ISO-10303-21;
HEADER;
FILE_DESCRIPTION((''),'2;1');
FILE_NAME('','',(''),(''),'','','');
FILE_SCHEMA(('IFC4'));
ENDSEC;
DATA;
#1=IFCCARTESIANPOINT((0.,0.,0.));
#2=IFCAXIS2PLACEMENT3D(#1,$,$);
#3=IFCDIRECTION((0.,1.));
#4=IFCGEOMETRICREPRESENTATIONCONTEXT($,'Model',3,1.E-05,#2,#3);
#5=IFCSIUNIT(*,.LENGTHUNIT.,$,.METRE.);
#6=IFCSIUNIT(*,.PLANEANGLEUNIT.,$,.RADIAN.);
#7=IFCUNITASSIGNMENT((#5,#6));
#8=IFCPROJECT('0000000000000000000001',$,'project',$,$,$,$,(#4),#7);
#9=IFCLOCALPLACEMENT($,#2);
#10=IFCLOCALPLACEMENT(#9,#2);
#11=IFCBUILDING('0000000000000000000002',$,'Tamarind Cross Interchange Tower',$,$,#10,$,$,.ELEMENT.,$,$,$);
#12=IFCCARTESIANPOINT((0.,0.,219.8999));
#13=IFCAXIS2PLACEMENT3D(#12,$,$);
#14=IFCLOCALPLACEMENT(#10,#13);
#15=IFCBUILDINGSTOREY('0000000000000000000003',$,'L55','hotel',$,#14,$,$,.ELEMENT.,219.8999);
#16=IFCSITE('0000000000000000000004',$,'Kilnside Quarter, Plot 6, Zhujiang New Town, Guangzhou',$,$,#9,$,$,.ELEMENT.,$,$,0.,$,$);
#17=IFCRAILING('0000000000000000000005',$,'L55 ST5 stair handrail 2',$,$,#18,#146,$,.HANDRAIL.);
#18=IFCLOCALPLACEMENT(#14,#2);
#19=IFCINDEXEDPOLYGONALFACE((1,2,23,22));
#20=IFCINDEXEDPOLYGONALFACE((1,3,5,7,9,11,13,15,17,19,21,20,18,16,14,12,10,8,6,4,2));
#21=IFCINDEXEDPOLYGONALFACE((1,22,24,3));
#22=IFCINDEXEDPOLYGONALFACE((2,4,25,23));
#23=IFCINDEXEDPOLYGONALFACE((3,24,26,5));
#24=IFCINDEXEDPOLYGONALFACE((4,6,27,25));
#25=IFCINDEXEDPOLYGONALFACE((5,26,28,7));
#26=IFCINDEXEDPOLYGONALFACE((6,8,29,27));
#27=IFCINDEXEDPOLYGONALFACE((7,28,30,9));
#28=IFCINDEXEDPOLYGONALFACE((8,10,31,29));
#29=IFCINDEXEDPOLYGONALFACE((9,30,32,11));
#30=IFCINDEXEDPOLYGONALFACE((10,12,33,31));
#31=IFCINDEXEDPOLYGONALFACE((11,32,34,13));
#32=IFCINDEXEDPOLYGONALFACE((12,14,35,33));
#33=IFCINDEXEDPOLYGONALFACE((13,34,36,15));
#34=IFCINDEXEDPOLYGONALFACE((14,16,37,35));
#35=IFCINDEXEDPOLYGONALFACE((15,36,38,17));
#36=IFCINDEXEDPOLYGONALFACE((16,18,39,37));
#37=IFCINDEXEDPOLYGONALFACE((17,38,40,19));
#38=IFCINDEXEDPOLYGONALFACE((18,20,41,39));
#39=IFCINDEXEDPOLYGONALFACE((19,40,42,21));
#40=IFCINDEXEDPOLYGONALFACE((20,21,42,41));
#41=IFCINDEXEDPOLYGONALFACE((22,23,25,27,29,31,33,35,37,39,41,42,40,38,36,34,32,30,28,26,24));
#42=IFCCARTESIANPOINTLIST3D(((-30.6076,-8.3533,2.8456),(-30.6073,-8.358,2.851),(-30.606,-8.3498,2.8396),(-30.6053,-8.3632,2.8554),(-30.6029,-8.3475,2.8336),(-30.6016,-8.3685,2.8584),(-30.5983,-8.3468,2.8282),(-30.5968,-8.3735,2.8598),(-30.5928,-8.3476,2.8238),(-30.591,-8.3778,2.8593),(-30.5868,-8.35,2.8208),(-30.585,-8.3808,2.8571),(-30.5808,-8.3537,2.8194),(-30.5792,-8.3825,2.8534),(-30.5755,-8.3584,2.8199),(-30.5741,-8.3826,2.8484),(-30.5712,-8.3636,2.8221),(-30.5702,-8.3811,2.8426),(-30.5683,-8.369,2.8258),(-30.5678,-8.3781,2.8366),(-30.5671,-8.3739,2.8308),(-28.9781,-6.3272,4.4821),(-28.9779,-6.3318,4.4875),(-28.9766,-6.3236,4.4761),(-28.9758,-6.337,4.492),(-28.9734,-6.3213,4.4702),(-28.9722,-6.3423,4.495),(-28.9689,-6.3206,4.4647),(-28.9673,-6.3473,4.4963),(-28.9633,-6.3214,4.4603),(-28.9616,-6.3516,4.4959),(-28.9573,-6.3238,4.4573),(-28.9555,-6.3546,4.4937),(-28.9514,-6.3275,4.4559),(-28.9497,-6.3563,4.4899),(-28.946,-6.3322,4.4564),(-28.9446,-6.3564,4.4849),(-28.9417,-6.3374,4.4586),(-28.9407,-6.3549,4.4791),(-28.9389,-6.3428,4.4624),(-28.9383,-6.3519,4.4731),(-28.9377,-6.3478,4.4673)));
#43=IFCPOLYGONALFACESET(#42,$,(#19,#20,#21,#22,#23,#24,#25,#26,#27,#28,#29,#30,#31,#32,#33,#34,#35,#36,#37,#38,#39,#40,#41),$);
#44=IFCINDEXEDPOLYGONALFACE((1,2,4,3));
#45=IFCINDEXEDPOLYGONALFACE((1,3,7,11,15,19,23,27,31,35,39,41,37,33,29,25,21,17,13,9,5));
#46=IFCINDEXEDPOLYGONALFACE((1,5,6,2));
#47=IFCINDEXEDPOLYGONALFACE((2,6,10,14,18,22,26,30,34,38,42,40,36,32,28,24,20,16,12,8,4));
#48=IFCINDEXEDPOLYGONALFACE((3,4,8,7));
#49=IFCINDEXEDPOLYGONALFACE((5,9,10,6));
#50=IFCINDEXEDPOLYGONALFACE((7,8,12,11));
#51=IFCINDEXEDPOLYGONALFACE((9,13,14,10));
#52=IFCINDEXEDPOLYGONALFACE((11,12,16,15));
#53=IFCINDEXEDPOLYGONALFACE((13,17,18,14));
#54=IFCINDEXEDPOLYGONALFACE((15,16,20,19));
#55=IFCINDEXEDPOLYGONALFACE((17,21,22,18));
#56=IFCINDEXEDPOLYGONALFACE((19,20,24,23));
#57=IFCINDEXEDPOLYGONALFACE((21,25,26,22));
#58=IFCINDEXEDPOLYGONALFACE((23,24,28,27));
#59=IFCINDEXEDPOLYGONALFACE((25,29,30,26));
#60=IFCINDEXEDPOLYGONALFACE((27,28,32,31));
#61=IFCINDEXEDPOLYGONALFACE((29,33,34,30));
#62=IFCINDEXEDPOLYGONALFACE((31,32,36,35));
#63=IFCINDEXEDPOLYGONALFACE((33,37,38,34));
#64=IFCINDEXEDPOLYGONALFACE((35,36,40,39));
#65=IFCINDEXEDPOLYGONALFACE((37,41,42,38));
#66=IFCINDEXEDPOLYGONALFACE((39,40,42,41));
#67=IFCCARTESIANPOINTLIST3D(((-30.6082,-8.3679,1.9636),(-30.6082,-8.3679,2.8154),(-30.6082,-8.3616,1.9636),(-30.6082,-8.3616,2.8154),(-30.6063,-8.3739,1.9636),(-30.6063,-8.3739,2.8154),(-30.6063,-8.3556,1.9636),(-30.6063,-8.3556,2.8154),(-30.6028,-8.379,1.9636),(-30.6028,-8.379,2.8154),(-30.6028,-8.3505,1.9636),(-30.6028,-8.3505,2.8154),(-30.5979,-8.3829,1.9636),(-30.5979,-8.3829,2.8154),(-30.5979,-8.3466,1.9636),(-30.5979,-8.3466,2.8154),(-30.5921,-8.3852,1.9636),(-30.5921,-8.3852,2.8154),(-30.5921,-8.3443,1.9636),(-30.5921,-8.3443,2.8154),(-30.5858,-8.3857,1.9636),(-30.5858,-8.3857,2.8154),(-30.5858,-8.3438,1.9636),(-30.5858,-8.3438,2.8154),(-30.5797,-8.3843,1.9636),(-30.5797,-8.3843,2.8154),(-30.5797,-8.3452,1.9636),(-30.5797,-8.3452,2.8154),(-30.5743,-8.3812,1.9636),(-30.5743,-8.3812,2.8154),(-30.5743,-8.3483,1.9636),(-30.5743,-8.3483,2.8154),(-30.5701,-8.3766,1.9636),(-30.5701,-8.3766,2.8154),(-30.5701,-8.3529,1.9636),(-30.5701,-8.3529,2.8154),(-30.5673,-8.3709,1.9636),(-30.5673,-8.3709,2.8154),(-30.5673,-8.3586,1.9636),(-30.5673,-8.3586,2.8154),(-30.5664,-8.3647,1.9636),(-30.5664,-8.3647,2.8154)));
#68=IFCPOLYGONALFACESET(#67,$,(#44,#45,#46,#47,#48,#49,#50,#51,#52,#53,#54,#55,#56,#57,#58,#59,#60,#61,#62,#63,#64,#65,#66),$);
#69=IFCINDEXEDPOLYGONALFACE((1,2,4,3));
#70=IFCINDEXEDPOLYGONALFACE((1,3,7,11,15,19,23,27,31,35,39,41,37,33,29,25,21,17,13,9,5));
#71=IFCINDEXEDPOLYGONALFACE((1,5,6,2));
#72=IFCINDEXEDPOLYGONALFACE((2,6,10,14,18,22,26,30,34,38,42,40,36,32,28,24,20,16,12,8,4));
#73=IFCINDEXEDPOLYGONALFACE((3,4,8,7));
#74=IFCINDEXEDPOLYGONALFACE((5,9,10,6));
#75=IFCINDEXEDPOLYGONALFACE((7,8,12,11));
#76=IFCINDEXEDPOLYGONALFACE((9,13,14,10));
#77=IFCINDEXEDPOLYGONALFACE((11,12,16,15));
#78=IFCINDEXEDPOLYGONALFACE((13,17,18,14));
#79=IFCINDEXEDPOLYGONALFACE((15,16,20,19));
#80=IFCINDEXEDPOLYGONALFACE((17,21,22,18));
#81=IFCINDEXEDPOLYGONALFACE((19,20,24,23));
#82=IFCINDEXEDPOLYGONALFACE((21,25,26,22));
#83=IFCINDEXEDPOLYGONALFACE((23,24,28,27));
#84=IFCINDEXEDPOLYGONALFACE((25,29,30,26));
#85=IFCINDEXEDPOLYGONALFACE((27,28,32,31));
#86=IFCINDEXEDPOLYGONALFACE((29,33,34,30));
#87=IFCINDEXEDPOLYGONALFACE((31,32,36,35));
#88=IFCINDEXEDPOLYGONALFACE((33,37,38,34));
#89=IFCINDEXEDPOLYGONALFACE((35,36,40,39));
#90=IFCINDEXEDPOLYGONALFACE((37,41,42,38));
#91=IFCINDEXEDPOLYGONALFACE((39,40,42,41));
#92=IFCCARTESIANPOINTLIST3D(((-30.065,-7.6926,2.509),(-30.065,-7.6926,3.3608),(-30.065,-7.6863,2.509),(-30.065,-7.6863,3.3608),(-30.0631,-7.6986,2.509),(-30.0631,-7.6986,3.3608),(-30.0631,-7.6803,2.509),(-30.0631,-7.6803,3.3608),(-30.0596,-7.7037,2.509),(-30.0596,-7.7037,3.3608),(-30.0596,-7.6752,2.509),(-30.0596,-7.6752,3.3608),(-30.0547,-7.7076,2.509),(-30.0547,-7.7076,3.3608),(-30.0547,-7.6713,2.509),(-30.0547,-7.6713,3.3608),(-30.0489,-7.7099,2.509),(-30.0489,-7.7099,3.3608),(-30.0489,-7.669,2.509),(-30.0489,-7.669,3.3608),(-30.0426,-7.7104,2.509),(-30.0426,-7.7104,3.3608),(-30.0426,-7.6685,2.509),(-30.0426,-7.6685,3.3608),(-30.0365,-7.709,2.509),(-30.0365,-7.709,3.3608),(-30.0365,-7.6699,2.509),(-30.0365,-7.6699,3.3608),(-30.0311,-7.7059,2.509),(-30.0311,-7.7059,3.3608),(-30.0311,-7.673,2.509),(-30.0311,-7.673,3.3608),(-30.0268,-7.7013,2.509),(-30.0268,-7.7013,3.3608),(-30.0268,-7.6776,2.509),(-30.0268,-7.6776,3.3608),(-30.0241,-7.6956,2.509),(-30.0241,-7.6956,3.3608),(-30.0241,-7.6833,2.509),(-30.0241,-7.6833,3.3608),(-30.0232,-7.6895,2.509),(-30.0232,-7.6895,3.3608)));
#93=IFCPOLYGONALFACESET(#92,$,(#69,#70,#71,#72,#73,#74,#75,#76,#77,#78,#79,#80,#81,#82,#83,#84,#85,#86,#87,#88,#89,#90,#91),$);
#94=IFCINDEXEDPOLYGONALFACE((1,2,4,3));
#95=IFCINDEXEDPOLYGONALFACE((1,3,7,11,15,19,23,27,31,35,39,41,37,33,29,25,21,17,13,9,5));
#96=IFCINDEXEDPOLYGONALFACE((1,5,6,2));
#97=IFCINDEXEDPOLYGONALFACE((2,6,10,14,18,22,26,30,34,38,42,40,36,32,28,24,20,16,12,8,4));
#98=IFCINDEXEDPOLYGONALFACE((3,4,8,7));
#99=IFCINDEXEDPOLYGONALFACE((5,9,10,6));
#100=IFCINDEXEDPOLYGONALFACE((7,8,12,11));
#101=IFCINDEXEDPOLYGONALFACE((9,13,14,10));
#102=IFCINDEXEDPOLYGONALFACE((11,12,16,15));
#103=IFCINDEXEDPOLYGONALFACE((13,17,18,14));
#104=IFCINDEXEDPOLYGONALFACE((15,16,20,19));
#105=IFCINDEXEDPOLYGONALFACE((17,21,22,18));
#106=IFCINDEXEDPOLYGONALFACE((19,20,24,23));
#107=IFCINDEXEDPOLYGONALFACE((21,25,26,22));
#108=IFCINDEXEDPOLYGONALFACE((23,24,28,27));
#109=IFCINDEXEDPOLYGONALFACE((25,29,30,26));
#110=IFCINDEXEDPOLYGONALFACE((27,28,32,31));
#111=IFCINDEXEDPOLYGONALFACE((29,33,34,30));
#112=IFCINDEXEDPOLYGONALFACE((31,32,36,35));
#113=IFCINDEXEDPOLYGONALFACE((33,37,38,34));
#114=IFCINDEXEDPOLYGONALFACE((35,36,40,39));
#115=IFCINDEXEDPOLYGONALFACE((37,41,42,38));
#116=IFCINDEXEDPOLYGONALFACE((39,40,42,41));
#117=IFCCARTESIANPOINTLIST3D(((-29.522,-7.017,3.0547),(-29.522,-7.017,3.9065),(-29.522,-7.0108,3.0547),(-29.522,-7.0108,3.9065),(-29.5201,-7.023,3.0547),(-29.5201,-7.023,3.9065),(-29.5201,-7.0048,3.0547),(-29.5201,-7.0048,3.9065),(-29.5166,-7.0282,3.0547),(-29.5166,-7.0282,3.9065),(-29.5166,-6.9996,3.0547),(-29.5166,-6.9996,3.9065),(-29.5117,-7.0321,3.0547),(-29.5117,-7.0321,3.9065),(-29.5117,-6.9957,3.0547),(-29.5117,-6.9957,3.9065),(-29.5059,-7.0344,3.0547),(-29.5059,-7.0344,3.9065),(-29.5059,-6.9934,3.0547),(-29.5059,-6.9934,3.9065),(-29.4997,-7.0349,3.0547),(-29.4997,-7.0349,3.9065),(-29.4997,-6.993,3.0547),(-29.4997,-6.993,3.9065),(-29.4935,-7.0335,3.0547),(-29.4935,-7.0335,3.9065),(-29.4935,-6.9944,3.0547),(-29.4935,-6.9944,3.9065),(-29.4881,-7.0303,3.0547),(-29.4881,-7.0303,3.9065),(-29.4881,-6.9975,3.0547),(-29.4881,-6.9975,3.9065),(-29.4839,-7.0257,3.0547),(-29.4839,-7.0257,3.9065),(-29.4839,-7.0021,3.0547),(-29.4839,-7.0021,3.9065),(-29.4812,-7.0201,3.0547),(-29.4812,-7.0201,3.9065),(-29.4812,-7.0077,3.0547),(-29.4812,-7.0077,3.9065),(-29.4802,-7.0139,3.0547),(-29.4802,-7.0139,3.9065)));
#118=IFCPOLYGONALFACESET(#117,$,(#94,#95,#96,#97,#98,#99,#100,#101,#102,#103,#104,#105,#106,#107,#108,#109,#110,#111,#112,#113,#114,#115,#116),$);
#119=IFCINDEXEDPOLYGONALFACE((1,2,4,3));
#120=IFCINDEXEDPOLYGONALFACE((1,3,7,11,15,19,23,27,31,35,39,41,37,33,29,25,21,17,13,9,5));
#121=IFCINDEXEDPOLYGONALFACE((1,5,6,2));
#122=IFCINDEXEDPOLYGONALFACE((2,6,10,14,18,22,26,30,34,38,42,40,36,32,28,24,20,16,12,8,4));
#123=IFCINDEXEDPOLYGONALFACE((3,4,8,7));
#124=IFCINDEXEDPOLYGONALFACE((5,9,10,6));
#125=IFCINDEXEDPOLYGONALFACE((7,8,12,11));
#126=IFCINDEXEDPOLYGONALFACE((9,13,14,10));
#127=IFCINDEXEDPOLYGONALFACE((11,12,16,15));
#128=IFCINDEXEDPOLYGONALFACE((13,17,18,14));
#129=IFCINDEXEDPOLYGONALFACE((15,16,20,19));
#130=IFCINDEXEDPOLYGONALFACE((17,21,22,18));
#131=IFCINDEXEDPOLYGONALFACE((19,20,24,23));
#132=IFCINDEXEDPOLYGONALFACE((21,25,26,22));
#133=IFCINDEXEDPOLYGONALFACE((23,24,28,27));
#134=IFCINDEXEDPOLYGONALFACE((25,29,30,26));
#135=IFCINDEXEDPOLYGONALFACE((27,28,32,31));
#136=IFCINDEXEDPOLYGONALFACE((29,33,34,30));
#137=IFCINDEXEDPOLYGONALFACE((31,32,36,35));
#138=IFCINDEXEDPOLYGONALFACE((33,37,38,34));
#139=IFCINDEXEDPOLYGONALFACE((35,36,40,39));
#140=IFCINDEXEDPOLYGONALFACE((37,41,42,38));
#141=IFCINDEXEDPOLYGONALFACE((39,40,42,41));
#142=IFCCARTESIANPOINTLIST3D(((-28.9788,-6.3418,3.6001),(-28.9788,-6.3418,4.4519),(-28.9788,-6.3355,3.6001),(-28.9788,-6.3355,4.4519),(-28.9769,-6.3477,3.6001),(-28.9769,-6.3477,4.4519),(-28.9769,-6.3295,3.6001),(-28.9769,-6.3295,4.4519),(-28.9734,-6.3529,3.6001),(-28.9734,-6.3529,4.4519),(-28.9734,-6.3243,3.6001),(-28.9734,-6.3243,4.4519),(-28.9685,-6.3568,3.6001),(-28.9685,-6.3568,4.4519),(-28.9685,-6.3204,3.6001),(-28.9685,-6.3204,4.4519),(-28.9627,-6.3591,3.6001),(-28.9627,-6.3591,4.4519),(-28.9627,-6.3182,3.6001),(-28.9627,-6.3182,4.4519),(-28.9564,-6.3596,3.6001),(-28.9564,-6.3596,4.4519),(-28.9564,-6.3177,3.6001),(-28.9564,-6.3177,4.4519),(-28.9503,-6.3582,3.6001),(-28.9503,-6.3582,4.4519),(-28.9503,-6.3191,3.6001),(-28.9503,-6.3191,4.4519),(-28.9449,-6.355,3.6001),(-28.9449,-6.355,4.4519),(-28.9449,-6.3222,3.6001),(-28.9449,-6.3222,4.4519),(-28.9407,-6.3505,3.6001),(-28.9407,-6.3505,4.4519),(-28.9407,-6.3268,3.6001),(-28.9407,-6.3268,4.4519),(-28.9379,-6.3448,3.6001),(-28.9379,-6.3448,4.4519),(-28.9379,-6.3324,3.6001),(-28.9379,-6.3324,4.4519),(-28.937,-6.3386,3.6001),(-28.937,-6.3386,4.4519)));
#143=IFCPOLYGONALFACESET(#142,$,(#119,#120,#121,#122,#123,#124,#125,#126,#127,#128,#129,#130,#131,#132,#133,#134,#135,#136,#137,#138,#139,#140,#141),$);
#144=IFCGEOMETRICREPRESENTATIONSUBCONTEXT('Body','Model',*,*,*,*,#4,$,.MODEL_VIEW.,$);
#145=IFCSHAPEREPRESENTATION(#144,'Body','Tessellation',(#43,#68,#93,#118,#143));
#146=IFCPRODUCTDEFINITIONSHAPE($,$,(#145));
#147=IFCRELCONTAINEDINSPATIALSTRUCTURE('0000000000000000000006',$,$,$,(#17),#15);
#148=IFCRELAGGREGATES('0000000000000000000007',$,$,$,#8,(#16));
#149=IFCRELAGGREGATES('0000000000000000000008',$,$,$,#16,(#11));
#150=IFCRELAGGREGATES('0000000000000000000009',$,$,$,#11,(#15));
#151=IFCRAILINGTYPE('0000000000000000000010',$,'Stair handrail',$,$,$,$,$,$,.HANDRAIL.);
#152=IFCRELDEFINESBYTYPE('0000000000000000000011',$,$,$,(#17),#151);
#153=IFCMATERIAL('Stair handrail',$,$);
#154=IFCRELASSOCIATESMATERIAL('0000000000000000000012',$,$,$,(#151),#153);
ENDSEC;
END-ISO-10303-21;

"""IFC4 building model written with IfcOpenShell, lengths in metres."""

from ifc_helpers import new_model, si_unit, direction, frame, origin, origin_2d, place, context, subcontext, project, spatial, circle, extrude, material, type_object, element, save


model = new_model("IFC4")

# Units and contexts
model_context = context("Model", 3, precision=1e-05, world=origin(), true_north=direction((0.0, 1.0)))
body_context = subcontext(model_context, "Body", "Model", "MODEL_VIEW")
ifc_project = project(units=[si_unit("LENGTHUNIT", "METRE"), si_unit("PLANEANGLEUNIT", "RADIAN")], contexts=[model_context])

# Site, building, storey
site_placement = place(None, origin())
site = spatial("IfcSite", under=ifc_project, at=site_placement, Name="Kilnside Quarter, Plot 6, Zhujiang New Town, Guangzhou", CompositionType="ELEMENT", RefElevation=0.0)
building_placement = place(site_placement, origin())
building = spatial("IfcBuilding", under=site, at=building_placement, Name="Tamarind Cross Interchange Tower", CompositionType="ELEMENT")
storey_placement = place(building_placement, frame((0.0, 0.0, 219.8999)))
storey = spatial("IfcBuildingStorey", under=building, at=storey_placement, Name="L55", Description="hotel", CompositionType="ELEMENT", Elevation=219.8999)

# Railing
ifc_material_1 = material(Name="Stair handrail")
railing_type = type_object("IfcRailingType", Name="Stair handrail", PredefinedType="HANDRAIL", material=ifc_material_1)
railing_placement = place(storey_placement, frame((-30.5874, -8.3647, 1.9636)))
element("IfcRailing", 1, at=railing_placement, inside=storey, type_object=railing_type, Name="L55 ST5 stair handrail 2", PredefinedType="HANDRAIL", context=body_context, shape_type="SweptSolid", body=[
    extrude(circle(Radius=0.0239, at=origin_2d()), frame((0.0, 0.0, 0.876), z_axis=(0.530375, 0.659511, 0.532679), x_axis=(-0.779272, 0.626686, 0.0)), (0.0, 0.0, 1.0), 3.0723),
    extrude(circle(Radius=0.021, at=origin_2d()), origin(), (0.0, 0.0, 1.0), 0.8518),
    extrude(circle(Radius=0.021, at=origin_2d()), frame((0.5432, 0.6753, 0.5454)), (0.0, 0.0, 1.0), 0.8518),
    extrude(circle(Radius=0.021, at=origin_2d()), frame((1.0862, 1.3508, 1.0911)), (0.0, 0.0, 1.0), 0.8518),
    extrude(circle(Radius=0.021, at=origin_2d()), frame((1.6294, 2.0261, 1.6365)), (0.0, 0.0, 1.0), 0.8518),
])

save(model, "model.ifc")
